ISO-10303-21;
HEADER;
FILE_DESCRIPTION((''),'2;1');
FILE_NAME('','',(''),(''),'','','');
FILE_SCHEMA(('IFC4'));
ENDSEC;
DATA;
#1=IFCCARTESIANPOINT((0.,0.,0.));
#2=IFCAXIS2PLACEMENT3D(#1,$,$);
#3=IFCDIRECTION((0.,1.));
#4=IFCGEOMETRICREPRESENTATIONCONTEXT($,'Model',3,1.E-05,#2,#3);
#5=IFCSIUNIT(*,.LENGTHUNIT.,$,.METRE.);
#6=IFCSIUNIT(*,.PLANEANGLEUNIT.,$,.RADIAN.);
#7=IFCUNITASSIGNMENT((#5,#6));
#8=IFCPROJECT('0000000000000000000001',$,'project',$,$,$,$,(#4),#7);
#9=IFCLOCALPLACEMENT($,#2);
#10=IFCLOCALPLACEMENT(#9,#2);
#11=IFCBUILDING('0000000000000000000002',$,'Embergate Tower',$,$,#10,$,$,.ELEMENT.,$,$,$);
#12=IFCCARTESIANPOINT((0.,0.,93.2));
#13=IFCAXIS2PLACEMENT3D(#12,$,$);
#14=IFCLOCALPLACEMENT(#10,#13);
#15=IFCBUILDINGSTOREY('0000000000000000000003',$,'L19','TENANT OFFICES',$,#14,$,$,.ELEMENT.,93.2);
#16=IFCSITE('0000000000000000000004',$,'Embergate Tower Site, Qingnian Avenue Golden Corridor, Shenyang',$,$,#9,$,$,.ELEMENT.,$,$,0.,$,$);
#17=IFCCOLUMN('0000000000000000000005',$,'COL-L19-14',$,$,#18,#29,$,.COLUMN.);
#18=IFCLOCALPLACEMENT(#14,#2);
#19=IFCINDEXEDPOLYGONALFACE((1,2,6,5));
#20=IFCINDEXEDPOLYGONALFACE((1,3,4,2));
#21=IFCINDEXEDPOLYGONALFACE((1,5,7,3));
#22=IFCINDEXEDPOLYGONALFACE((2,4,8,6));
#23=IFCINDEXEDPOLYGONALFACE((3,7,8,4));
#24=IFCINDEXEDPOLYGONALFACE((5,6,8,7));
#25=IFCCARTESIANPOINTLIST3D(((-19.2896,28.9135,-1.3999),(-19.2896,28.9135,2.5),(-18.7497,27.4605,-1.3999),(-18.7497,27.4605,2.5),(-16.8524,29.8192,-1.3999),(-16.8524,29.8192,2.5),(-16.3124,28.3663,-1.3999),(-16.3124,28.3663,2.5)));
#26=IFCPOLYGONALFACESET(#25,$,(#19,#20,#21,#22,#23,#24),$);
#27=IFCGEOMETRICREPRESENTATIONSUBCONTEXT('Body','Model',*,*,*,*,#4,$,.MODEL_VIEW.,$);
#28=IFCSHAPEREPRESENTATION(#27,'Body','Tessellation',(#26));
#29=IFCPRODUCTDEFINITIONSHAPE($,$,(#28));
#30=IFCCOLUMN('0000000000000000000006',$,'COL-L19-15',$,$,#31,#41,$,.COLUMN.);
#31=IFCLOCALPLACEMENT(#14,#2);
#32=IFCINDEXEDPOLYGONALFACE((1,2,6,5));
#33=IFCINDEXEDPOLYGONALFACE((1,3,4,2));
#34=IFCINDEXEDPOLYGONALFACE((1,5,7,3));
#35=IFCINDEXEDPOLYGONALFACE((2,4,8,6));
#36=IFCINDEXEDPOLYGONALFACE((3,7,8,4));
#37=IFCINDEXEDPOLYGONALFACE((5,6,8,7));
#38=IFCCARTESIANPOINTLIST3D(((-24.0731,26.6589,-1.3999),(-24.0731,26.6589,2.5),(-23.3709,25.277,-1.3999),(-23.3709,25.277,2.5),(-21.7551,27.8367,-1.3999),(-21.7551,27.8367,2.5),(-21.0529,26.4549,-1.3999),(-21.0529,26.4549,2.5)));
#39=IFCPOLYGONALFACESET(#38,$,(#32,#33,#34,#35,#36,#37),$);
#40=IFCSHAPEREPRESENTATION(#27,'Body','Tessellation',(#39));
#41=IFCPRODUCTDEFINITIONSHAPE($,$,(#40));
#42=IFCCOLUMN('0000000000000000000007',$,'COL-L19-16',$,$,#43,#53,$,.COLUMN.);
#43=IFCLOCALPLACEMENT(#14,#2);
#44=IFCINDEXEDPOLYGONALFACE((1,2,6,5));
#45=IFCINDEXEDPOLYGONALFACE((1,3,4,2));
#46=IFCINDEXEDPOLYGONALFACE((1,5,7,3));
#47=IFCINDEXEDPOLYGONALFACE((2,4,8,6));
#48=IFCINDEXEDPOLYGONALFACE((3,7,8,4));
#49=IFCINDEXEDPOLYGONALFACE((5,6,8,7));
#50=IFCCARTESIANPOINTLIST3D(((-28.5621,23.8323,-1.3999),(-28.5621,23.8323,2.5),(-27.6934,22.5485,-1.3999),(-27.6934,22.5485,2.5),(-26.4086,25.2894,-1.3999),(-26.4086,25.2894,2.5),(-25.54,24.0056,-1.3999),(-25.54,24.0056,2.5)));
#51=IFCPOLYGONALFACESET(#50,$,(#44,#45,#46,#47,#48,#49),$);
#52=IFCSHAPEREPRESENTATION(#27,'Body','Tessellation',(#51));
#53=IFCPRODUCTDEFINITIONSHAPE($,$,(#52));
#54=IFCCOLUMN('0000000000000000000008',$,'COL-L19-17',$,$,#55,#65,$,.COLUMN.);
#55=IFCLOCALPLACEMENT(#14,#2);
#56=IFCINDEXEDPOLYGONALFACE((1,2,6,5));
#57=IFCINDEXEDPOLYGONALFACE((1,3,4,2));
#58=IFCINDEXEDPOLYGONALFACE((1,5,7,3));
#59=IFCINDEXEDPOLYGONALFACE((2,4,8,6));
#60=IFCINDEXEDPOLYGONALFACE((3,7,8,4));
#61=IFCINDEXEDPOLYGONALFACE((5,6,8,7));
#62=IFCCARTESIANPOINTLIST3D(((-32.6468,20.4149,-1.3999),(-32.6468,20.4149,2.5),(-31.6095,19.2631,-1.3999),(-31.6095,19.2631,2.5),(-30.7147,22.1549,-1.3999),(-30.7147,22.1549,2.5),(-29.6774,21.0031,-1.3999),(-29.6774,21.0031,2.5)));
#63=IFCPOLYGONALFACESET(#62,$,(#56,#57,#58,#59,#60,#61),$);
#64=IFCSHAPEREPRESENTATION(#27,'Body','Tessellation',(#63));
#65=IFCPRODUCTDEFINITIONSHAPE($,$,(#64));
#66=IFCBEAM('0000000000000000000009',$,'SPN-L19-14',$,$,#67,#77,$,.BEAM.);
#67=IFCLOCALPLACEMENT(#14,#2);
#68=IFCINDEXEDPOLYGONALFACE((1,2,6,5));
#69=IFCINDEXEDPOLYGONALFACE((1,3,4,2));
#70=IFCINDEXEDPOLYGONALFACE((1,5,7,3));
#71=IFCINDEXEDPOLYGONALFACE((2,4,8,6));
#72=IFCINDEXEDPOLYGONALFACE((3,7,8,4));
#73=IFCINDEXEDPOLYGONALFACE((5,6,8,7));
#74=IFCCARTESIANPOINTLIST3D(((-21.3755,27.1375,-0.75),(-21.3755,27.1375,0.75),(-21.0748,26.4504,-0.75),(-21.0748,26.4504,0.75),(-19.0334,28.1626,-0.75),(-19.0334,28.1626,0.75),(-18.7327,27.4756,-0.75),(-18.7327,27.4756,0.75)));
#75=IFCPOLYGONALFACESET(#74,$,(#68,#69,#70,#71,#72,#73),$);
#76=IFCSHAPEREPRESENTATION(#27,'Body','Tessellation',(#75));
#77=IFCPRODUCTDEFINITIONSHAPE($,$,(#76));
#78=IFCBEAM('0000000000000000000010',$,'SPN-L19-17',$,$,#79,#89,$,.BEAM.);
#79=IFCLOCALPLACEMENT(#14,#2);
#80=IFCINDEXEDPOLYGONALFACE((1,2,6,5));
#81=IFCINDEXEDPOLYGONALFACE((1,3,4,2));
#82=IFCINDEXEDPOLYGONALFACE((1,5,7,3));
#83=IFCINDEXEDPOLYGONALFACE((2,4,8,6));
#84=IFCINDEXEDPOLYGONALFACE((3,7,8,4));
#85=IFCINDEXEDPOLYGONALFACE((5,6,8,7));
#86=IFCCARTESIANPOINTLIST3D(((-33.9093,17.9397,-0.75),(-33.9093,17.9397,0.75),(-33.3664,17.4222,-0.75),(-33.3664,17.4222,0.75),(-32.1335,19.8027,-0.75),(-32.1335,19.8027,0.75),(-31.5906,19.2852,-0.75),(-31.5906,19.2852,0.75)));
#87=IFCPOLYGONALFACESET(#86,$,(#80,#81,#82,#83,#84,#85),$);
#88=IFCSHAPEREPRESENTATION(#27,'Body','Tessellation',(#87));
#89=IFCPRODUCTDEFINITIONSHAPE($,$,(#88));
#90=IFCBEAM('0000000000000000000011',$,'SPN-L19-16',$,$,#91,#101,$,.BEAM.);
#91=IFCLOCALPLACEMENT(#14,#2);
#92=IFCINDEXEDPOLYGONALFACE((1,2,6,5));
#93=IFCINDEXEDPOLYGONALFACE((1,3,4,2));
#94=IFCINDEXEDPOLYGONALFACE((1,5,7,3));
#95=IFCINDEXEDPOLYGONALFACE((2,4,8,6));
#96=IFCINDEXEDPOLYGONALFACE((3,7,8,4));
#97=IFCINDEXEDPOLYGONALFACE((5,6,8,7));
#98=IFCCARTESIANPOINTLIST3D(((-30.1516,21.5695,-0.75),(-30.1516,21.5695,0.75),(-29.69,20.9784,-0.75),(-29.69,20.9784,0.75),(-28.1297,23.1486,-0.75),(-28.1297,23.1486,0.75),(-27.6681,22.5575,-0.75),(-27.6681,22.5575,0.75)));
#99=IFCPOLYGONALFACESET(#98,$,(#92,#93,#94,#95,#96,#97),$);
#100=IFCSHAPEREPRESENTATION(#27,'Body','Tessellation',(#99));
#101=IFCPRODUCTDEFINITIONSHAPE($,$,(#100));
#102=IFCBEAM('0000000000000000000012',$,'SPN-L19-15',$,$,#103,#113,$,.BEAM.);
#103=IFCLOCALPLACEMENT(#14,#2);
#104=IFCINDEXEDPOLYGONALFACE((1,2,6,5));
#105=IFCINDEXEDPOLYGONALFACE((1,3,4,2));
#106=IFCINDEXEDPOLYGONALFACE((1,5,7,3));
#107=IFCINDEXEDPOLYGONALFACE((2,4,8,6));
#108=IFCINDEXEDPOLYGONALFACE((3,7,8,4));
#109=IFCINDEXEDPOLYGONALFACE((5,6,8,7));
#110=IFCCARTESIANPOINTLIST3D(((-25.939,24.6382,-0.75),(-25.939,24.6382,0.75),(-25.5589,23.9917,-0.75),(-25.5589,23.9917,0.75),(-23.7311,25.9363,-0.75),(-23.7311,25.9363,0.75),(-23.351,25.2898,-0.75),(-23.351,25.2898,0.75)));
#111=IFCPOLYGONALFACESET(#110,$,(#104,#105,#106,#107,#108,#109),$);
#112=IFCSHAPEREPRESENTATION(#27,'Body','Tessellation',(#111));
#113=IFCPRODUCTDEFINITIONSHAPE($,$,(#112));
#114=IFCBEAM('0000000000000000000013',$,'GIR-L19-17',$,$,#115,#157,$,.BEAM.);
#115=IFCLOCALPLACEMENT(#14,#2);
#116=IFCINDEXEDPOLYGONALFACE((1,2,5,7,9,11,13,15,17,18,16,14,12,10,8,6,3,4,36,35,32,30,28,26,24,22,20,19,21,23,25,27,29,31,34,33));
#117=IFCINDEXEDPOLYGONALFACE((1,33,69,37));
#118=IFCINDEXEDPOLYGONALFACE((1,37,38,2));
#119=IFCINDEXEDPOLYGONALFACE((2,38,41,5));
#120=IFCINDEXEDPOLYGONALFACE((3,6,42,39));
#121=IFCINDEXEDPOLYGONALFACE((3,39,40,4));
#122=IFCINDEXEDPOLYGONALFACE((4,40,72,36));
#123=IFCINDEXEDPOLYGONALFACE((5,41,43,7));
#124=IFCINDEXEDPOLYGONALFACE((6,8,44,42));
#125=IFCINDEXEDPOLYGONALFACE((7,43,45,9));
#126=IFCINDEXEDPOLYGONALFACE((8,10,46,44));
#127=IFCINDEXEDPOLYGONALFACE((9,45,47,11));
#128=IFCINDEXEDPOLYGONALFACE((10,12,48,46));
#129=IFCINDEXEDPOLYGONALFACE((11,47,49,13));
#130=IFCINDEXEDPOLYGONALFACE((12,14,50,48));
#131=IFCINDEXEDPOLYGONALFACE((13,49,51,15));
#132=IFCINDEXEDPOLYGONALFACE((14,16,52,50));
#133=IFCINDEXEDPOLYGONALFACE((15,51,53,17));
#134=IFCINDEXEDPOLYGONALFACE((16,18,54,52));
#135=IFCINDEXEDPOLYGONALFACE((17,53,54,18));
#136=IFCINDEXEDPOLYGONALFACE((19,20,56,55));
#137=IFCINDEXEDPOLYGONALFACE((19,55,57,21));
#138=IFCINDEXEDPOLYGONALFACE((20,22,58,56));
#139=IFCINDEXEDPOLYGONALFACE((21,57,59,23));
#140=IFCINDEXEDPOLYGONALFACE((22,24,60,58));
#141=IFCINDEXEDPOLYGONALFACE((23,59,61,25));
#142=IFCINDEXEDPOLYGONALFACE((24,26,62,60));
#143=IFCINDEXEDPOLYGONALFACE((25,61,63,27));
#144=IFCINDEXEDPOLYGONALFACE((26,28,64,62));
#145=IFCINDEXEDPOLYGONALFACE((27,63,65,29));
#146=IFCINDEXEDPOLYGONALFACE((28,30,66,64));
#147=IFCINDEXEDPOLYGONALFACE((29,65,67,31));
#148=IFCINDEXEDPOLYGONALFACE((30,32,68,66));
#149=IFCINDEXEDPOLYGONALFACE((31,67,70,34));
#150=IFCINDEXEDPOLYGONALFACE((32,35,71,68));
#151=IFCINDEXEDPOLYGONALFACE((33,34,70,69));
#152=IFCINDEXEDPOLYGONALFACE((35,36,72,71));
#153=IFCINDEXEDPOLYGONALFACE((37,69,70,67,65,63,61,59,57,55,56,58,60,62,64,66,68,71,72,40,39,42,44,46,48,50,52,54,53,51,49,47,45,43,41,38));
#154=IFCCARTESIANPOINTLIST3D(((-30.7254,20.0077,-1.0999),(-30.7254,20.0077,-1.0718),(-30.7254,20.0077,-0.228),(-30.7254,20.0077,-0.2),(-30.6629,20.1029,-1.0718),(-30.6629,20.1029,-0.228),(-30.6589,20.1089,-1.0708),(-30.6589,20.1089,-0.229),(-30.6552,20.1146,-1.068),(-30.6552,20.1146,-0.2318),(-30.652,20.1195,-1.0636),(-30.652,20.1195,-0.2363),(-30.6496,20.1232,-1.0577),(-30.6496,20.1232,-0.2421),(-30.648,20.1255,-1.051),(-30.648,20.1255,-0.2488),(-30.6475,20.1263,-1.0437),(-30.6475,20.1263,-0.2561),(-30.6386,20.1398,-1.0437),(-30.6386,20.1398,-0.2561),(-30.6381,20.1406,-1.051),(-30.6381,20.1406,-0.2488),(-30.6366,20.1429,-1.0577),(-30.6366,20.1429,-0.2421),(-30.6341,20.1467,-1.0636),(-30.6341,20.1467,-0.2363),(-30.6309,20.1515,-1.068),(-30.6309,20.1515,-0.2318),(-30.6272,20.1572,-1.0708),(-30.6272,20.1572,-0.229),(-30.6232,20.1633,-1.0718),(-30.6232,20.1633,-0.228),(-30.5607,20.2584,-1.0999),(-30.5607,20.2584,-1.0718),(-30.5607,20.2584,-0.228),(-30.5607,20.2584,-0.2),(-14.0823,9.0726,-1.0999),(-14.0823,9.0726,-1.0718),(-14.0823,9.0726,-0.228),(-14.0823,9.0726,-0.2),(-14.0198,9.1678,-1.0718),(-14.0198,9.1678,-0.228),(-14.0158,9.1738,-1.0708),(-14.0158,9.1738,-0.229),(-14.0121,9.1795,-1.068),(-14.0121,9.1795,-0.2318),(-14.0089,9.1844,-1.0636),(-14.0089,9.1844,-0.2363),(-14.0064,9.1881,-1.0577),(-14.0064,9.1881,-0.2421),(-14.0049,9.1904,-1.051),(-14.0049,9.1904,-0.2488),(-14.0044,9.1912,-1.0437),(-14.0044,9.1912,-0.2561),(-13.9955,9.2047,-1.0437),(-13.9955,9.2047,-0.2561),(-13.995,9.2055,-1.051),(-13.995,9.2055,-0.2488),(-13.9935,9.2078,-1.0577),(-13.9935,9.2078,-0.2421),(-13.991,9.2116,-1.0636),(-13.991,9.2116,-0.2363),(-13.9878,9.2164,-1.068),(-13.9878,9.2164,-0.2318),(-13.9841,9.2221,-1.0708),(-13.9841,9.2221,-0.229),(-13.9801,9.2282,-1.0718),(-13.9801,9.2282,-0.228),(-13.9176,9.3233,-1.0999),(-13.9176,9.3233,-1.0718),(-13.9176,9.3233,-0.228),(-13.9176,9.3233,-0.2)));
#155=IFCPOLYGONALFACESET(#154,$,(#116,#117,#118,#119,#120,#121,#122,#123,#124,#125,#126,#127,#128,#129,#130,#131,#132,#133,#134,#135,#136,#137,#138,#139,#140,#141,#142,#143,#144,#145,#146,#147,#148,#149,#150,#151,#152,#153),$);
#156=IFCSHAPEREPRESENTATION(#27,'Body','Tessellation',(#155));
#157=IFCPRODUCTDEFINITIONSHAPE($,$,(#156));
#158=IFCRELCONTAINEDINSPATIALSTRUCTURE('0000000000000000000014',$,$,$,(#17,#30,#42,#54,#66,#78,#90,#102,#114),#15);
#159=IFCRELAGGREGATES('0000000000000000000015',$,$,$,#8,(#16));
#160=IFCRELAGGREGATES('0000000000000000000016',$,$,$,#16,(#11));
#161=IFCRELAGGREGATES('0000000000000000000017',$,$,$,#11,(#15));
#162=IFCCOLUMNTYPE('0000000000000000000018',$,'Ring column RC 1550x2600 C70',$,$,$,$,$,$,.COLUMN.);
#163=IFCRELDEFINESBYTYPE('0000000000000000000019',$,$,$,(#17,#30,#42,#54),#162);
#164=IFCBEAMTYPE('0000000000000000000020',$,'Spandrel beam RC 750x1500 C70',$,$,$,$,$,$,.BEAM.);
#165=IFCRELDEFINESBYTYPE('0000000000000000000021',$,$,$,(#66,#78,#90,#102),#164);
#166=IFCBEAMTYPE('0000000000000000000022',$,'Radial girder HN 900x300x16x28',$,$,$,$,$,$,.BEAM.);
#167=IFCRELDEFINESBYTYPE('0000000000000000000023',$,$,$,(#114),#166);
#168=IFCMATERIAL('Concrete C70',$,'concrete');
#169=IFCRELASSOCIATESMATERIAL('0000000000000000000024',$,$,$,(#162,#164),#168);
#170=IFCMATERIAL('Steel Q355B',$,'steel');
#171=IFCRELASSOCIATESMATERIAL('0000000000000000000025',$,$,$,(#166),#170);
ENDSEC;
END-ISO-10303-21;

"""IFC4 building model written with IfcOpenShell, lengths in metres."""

from ifc_helpers import new_model, si_unit, direction, frame, origin, origin_2d, place, context, subcontext, project, spatial, rectangle, i_section, extrude, source, transform, mapped, material, material_profile, profile_set, type_object, element, save


model = new_model("IFC4")

# Units and contexts
model_context = context("Model", 3, precision=1e-05, world=origin(), true_north=direction((0.0, 1.0)))
body_context = subcontext(model_context, "Body", "Model", "MODEL_VIEW")
ifc_project = project(units=[si_unit("LENGTHUNIT", "METRE"), si_unit("PLANEANGLEUNIT", "RADIAN")], contexts=[model_context])

# Site, building, storey
site_placement = place(None, origin())
site = spatial("IfcSite", under=ifc_project, at=site_placement, Name="Embergate Tower Site, Qingnian Avenue Golden Corridor, Shenyang", CompositionType="ELEMENT", RefElevation=0.0)
building_placement = place(site_placement, origin())
building = spatial("IfcBuilding", under=site, at=building_placement, Name="Embergate Tower", CompositionType="ELEMENT")
storey_placement = place(building_placement, frame((0.0, 0.0, 93.2)))
storey = spatial("IfcBuildingStorey", under=building, at=storey_placement, Name="L19", Description="TENANT OFFICES", CompositionType="ELEMENT", Elevation=93.2)

# Columns
ifc_material_1 = material(Name="Concrete C70", Category="concrete")
ifc_material_profile_1 = material_profile(ifc_material_1, rectangle(XDim=1.55, YDim=2.6001, at=origin_2d()), Name="RC 1550x2600")
ifc_profile_set_1 = profile_set([ifc_material_profile_1], Name="Concrete C70")
column_type = type_object("IfcColumnType", Name="Ring column RC 1550x2600 C70", PredefinedType="COLUMN", material=ifc_profile_set_1)
shared_shape_1 = source(origin(), body_context, "Body", "SweptSolid", [
    extrude(rectangle(XDim=1.55, YDim=2.6001, at=origin_2d()), origin(), (0.0, 0.0, 1.0), 3.8999),
])
for number, where, z_axis, x_axis, name in (
    (1, (-17.801, 28.6399, -1.3999), (0.0, 0.0, 1.0), (-0.348343, 0.937367, 0.0), "COL-L19-14"),
    (2, (-22.563, 26.5569, -1.3999), (0.0, 0.0, 1.0), (-0.452995, 0.891513, 0.0), "COL-L19-15"),
    (3, (-27.051, 23.9189, -1.3999), (0.0, 0.0, 1.0), (-0.560393, 0.828227, 0.0), "COL-L19-16"),
    (4, (-31.1621, 20.709, -1.3999), (0.0, 0.0, 1.0), (-0.669208, 0.743075, 0.0), "COL-L19-17"),
):
    element("IfcColumn", number, at=place(storey_placement, frame(where, z_axis=z_axis, x_axis=x_axis)), inside=storey, type_object=column_type, Name=name, PredefinedType="COLUMN", context=body_context, shape_type="MappedRepresentation", body=[
        mapped(shared_shape_1, transform((0.0, 0.0, 0.0))),
    ])

# Beams
ifc_material_profile_2 = material_profile(ifc_material_1, rectangle(XDim=0.75, YDim=1.5, at=origin_2d()), Name="RC 750x1500")
ifc_profile_set_2 = profile_set([ifc_material_profile_2], Name="Concrete C70")
beam_type_1 = type_object("IfcBeamType", Name="Spandrel beam RC 750x1500 C70", PredefinedType="BEAM", material=ifc_profile_set_2)
shared_shape_2 = source(origin(), body_context, "Body", "SweptSolid", [
    extrude(rectangle(XDim=0.75, YDim=1.5, at=origin_2d()), origin(), (0.0, 0.0, 1.0), 2.5566),
])
beam_1_placement = place(storey_placement, frame((-18.8831, 27.8191, 0.0), z_axis=(-0.916085, -0.400984, 0.0), x_axis=(0.400984, -0.916085, 0.0)))
element("IfcBeam", 5, at=beam_1_placement, inside=storey, type_object=beam_type_1, Name="SPN-L19-14", PredefinedType="BEAM", context=body_context, shape_type="MappedRepresentation", body=[
    mapped(shared_shape_2, transform((0.0, 0.0, 0.0))),
])
shared_shape_3 = source(origin(), body_context, "Body", "SweptSolid", [
    extrude(rectangle(XDim=0.75, YDim=1.5, at=origin_2d()), origin(), (0.0, 0.0, 1.0), 2.5737),
])
beam_2_placement = place(storey_placement, frame((-31.8621, 19.5439, 0.0), z_axis=(-0.689972, -0.723836, 0.0), x_axis=(0.723836, -0.689972, 0.0)))
element("IfcBeam", 6, at=beam_2_placement, inside=storey, type_object=beam_type_1, Name="SPN-L19-17", PredefinedType="BEAM", context=body_context, shape_type="MappedRepresentation", body=[
    mapped(shared_shape_3, transform((0.0, 0.0, 0.0))),
])
shared_shape_4 = source(origin(), body_context, "Body", "SweptSolid", [
    extrude(rectangle(XDim=0.75, YDim=1.5, at=origin_2d()), origin(), (0.0, 0.0, 1.0), 2.5654),
])
beam_3_placement = place(storey_placement, frame((-27.8989, 22.853, 0.0), z_axis=(-0.788131, -0.615507, 0.0), x_axis=(0.615507, -0.788131, 0.0)))
element("IfcBeam", 7, at=beam_3_placement, inside=storey, type_object=beam_type_1, Name="SPN-L19-16", PredefinedType="BEAM", context=body_context, shape_type="MappedRepresentation", body=[
    mapped(shared_shape_4, transform((0.0, 0.0, 0.0))),
])
shared_shape_5 = source(origin(), body_context, "Body", "SweptSolid", [
    extrude(rectangle(XDim=0.75, YDim=1.5, at=origin_2d()), origin(), (0.0, 0.0, 1.0), 2.5613),
])
beam_4_placement = place(storey_placement, frame((-23.541, 25.613, 0.0), z_axis=(-0.862059, -0.506808, 0.0), x_axis=(0.506808, -0.862059, 0.0)))
element("IfcBeam", 8, at=beam_4_placement, inside=storey, type_object=beam_type_1, Name="SPN-L19-15", PredefinedType="BEAM", context=body_context, shape_type="MappedRepresentation", body=[
    mapped(shared_shape_5, transform((0.0, 0.0, 0.0))),
])
ifc_material_2 = material(Name="Steel Q355B", Category="steel")
ifc_material_profile_3 = material_profile(ifc_material_2, i_section(OverallWidth=0.3, OverallDepth=0.8999, WebThickness=0.0161, FlangeThickness=0.0281, FilletRadius=0.0281, at=origin_2d()), Name="HN 900x300x16x28")
ifc_profile_set_3 = profile_set([ifc_material_profile_3], Name="Steel Q355 grade B")
beam_type_2 = type_object("IfcBeamType", Name="Radial girder HN 900x300x16x28", PredefinedType="BEAM", material=ifc_profile_set_3)
shared_shape_6 = source(origin(), body_context, "Body", "SweptSolid", [
    extrude(i_section(OverallWidth=0.3, OverallDepth=0.8999, WebThickness=0.0161, FlangeThickness=0.0281, FilletRadius=0.0281, at=origin_2d()), origin(), (0.0, 0.0, 1.0), 19.9141),
])
beam_5_placement = place(storey_placement, frame((-30.6431, 20.1331, -0.6499), z_axis=(0.835747, -0.549114, 0.0), x_axis=(0.549114, 0.835747, 0.0)))
element("IfcBeam", 9, at=beam_5_placement, inside=storey, type_object=beam_type_2, Name="GIR-L19-17", PredefinedType="BEAM", context=body_context, shape_type="MappedRepresentation", body=[
    mapped(shared_shape_6, transform((0.0, 0.0, 0.0))),
])

save(model, "model.ifc")
